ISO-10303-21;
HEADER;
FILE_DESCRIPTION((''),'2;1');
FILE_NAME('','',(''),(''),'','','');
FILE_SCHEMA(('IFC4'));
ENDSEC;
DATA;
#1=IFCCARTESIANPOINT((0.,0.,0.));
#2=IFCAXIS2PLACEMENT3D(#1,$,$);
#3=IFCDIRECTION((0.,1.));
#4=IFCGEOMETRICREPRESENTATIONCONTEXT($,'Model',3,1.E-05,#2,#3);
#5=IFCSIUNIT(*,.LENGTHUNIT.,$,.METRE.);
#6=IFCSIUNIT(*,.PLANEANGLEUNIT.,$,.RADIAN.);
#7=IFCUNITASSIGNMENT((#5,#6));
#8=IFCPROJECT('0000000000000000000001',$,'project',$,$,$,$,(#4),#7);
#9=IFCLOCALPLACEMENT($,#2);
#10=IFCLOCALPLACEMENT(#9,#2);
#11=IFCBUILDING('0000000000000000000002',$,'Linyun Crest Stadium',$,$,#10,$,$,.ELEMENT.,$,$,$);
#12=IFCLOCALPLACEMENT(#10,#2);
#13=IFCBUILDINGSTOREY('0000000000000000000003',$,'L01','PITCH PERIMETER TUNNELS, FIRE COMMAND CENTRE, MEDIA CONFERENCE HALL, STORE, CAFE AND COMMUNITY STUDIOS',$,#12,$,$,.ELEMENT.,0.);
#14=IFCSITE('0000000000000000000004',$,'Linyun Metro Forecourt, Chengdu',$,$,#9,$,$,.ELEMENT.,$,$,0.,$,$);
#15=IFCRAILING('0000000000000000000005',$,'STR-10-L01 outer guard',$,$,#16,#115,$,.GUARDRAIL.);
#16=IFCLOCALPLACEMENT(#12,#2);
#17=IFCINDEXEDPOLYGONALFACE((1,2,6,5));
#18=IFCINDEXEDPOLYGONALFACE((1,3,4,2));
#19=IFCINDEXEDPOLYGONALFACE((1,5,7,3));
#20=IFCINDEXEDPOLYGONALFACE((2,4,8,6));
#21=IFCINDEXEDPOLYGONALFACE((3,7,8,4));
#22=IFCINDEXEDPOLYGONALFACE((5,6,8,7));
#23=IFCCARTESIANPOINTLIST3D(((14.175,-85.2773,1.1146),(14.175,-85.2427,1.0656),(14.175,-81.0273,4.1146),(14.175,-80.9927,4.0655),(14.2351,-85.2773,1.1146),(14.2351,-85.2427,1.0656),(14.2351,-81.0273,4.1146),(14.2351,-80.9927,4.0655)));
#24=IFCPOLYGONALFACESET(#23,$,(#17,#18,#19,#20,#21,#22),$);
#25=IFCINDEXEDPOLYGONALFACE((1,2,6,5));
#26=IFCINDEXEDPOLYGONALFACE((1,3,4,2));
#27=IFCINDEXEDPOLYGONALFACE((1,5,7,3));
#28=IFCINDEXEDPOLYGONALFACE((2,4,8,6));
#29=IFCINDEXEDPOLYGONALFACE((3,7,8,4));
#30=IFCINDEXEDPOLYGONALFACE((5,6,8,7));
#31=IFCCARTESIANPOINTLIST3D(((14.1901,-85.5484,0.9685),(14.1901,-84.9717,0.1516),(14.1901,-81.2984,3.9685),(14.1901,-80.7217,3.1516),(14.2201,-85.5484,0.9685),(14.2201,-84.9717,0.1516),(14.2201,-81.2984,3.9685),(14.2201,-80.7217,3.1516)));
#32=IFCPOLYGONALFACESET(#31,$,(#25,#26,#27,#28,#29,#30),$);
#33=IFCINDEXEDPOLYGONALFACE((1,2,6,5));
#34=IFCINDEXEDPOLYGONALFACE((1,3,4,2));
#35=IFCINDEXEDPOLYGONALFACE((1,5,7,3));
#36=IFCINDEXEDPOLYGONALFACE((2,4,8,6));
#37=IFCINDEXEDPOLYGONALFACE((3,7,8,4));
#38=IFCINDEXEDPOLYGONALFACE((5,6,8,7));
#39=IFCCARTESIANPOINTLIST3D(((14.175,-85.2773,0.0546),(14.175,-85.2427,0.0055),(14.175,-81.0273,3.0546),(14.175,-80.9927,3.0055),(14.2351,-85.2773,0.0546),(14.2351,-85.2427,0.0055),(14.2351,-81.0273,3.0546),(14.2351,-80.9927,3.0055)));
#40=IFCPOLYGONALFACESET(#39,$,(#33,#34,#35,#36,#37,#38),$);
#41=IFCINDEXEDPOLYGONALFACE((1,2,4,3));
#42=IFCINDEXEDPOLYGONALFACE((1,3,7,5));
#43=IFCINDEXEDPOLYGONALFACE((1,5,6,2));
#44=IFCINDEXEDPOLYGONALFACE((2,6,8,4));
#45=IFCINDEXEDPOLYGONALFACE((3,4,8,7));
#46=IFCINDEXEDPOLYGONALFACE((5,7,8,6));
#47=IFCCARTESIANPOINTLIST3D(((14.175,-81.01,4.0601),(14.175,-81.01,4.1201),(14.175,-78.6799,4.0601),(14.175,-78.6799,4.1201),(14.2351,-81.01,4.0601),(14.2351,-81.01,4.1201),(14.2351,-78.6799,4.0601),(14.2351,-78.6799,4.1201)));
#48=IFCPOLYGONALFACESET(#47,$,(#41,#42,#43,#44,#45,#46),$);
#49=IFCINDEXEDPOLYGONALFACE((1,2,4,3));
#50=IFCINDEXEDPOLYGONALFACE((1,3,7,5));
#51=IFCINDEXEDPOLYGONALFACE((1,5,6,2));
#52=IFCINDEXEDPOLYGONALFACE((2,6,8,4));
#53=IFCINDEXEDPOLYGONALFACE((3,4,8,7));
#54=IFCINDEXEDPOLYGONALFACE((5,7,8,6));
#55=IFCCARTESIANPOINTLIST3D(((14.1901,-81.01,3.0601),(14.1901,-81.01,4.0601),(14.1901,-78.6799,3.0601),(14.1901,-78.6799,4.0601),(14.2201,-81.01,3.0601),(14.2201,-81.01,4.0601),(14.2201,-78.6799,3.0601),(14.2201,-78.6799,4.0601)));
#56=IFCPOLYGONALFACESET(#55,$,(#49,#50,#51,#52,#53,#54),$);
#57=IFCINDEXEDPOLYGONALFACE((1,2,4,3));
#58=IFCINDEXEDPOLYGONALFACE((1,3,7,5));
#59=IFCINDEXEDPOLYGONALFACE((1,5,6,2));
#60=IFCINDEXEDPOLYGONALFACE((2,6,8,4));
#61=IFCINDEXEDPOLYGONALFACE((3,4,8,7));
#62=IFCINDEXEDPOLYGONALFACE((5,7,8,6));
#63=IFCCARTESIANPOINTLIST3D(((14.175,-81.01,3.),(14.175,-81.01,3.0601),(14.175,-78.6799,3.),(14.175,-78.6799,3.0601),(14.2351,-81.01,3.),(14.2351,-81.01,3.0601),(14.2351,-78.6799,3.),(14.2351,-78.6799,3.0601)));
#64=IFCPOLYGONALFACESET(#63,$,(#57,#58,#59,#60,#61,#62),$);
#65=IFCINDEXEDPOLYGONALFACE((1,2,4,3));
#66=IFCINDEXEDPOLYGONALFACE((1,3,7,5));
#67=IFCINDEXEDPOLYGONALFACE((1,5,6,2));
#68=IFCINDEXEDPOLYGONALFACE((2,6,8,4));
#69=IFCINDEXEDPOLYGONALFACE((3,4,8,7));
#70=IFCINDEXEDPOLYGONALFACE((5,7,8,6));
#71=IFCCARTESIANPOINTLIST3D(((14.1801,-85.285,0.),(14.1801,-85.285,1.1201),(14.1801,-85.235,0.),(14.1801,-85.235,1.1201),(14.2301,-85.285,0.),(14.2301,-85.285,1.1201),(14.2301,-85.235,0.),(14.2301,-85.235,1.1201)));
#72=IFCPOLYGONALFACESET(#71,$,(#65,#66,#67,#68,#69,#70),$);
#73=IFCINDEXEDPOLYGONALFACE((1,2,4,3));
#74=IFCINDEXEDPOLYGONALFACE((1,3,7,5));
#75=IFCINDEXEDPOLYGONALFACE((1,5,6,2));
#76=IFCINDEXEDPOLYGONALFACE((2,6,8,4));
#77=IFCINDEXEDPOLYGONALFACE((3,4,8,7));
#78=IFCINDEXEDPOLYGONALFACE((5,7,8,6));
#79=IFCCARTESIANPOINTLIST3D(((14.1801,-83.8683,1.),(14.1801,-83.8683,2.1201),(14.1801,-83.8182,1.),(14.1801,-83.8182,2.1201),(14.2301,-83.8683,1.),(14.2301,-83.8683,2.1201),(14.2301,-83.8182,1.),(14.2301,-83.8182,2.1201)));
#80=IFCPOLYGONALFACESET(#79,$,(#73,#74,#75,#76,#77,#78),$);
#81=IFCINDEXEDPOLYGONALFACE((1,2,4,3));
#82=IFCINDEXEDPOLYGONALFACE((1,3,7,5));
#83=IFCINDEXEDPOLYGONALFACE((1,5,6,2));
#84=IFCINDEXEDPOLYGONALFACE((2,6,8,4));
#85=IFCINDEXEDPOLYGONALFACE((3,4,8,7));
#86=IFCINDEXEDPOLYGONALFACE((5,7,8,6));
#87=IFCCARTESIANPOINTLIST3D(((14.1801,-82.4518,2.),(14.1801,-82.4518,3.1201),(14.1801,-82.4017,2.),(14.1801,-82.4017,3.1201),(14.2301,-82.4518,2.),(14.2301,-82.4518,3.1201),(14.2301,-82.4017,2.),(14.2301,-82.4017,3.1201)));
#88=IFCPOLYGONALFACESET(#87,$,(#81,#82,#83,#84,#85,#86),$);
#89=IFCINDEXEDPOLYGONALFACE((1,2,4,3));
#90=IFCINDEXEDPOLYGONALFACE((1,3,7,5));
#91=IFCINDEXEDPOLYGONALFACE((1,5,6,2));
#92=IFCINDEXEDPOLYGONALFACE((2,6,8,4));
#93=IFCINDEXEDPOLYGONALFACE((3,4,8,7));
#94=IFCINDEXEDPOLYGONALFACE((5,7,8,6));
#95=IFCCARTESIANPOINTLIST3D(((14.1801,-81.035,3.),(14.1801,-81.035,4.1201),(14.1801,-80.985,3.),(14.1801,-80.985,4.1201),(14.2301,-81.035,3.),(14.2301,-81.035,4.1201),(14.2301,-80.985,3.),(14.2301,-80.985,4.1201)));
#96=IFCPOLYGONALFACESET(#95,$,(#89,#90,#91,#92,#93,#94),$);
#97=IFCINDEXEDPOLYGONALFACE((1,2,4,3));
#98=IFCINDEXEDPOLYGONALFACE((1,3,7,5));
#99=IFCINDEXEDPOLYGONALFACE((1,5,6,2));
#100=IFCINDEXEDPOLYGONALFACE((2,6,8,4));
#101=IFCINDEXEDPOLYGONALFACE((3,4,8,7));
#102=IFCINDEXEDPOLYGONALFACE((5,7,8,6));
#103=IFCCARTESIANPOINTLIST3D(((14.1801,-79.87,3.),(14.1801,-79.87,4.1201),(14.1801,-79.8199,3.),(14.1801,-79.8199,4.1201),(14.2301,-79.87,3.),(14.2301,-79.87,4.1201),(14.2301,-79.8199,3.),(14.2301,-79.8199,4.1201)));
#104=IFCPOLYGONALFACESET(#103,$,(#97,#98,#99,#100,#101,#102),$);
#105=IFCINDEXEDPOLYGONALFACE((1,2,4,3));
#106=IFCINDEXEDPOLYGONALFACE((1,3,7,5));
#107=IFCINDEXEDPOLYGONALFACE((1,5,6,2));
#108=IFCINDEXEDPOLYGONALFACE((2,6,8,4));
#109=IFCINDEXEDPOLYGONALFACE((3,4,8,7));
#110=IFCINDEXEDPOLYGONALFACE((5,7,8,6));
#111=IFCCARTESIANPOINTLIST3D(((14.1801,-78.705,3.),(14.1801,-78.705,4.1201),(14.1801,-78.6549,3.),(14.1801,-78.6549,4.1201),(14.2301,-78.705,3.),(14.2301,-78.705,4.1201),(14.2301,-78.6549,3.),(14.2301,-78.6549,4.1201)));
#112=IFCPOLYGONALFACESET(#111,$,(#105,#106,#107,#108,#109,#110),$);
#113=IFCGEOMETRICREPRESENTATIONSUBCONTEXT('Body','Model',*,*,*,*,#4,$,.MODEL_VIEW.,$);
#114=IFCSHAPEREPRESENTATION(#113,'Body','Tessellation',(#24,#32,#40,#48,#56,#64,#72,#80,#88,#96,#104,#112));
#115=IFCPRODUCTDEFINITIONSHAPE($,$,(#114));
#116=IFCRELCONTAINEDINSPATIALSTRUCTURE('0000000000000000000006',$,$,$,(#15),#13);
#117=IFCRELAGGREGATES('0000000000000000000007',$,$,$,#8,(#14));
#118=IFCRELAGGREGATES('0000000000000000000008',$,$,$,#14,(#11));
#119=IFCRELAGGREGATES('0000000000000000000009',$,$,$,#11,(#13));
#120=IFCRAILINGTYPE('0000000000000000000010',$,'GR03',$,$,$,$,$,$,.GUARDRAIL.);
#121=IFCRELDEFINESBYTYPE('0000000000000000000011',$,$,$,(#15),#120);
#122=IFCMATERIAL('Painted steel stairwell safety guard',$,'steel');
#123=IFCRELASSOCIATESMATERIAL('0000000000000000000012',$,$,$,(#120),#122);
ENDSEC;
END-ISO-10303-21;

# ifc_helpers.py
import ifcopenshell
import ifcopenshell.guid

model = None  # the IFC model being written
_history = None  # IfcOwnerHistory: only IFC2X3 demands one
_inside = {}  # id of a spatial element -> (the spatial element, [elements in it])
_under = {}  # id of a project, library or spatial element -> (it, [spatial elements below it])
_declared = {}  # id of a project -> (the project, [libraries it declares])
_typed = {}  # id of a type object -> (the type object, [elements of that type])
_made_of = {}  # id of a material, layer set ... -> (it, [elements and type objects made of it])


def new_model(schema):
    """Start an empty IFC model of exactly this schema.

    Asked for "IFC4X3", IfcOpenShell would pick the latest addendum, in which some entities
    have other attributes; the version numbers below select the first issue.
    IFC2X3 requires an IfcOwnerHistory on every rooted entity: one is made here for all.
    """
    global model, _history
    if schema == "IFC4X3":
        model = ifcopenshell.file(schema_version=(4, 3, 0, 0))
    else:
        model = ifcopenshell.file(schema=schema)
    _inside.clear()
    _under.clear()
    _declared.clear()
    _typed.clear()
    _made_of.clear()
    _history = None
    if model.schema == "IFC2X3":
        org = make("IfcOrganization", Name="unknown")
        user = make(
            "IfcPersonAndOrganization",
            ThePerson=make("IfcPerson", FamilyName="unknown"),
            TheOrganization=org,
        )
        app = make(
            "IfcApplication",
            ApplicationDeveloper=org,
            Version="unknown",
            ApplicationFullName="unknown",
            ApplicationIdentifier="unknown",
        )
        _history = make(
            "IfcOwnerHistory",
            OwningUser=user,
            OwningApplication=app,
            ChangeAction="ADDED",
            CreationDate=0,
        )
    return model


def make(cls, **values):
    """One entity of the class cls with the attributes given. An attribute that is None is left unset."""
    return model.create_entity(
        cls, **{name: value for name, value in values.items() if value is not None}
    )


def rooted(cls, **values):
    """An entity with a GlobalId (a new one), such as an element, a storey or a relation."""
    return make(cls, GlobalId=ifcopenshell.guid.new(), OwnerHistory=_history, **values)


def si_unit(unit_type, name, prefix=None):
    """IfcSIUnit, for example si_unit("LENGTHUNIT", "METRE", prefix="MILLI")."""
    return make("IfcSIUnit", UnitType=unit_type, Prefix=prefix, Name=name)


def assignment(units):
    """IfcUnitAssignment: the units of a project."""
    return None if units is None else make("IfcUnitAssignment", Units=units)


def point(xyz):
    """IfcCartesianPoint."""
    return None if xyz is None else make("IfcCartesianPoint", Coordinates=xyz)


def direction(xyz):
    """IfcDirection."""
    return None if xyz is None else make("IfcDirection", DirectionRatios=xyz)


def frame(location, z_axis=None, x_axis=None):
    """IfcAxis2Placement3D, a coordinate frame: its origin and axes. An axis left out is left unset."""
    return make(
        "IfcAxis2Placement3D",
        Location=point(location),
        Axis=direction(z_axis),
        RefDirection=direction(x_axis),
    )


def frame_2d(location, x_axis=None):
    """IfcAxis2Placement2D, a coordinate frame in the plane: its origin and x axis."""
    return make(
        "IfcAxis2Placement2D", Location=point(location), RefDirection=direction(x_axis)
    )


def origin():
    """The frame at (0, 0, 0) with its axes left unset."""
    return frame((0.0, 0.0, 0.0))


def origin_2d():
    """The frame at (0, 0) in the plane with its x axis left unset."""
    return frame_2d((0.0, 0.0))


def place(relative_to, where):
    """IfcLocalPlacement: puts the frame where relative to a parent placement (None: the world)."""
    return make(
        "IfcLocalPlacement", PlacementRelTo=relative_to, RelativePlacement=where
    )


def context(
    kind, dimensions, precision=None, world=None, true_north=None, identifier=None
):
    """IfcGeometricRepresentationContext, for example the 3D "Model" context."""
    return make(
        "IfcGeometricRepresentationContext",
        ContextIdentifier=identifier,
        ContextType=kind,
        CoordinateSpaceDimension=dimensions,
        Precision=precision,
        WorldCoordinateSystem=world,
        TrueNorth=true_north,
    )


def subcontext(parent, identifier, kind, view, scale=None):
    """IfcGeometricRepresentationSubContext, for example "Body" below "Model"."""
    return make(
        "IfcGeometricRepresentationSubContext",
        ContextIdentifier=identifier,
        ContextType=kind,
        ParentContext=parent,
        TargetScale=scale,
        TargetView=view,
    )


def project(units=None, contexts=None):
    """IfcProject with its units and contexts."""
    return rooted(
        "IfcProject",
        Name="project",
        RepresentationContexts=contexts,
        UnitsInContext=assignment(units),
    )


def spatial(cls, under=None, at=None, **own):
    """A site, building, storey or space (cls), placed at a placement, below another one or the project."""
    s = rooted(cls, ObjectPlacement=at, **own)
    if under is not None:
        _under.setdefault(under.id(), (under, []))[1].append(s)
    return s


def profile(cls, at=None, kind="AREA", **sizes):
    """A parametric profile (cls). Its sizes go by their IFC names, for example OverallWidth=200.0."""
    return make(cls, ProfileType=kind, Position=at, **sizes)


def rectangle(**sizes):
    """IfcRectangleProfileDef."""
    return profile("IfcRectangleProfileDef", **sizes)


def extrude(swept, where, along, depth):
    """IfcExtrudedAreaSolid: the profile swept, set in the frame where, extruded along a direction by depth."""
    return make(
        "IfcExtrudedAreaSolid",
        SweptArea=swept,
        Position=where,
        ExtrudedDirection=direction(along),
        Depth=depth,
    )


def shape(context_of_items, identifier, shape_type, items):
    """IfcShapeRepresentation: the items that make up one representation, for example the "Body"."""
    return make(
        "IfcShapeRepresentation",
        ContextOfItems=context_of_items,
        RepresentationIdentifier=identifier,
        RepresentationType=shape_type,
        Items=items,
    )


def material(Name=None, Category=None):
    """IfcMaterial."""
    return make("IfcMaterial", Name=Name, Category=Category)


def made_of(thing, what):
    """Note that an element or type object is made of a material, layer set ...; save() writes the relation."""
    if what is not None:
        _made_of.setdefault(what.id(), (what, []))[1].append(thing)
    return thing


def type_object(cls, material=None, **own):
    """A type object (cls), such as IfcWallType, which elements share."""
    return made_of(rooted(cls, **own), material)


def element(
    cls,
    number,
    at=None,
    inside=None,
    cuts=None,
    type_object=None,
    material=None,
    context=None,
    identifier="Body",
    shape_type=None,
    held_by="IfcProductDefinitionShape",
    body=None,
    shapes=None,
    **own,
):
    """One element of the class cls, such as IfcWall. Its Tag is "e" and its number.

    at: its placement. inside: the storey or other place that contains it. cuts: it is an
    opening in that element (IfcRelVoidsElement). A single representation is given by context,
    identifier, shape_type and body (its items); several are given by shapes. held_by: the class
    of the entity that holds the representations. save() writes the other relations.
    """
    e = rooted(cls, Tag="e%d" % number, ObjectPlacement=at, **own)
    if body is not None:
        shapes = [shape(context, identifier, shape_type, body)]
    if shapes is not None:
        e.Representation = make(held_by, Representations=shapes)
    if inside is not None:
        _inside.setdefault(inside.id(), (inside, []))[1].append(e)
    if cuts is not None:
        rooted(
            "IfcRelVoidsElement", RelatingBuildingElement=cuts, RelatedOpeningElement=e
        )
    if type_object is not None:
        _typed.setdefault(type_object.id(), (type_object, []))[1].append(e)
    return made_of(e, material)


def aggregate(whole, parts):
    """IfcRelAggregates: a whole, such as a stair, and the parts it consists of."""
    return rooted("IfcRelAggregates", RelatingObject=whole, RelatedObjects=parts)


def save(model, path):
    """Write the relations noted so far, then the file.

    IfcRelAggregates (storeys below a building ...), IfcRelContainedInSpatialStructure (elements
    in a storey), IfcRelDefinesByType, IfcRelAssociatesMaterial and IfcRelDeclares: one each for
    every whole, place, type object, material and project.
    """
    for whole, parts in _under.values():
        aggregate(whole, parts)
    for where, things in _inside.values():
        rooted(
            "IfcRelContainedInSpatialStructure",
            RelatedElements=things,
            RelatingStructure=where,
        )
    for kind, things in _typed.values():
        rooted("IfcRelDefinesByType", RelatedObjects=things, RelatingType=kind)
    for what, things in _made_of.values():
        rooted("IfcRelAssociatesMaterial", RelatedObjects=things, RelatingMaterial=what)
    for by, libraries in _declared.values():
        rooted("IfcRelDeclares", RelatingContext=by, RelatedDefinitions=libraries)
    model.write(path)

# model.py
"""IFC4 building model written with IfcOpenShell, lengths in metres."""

from ifc_helpers import new_model, si_unit, direction, frame, origin, origin_2d, place, context, subcontext, project, spatial, rectangle, extrude, material, type_object, element, save


model = new_model("IFC4")

# Units and contexts
model_context = context("Model", 3, precision=1e-05, world=origin(), true_north=direction((0.0, 1.0)))
body_context = subcontext(model_context, "Body", "Model", "MODEL_VIEW")
ifc_project = project(units=[si_unit("LENGTHUNIT", "METRE"), si_unit("PLANEANGLEUNIT", "RADIAN")], contexts=[model_context])

# Site, building, storey
site_placement = place(None, origin())
site = spatial("IfcSite", under=ifc_project, at=site_placement, Name="Linyun Metro Forecourt, Chengdu", CompositionType="ELEMENT", RefElevation=0.0)
building_placement = place(site_placement, origin())
building = spatial("IfcBuilding", under=site, at=building_placement, Name="Linyun Crest Stadium", CompositionType="ELEMENT")
storey_placement = place(building_placement, origin())
storey = spatial("IfcBuildingStorey", under=building, at=storey_placement, Name="L01", Description="PITCH PERIMETER TUNNELS, FIRE COMMAND CENTRE, MEDIA CONFERENCE HALL, STORE, CAFE AND COMMUNITY STUDIOS", CompositionType="ELEMENT", Elevation=0.0)

# Railing
ifc_material_1 = material(Name="Painted steel stairwell safety guard", Category="steel")
railing_type_1 = type_object("IfcRailingType", Name="GR03", PredefinedType="GUARDRAIL", material=ifc_material_1)
railing_1_placement = place(storey_placement, frame((14.2051, -85.26, 0.0)))
element("IfcRailing", 1, at=railing_1_placement, inside=storey, type_object=railing_type_1, Name="STR-10-L01 outer guard", PredefinedType="GUARDRAIL", context=body_context, shape_type="SweptSolid", body=[
    extrude(rectangle(XDim=0.0601, YDim=0.0601, at=origin_2d()), frame((0.0, 0.0, 1.0901), z_axis=(0.0, 0.816968, 0.576683), x_axis=(-1.0, 0.0, 0.0)), (0.0, 0.0, 1.0), 5.2021),
    extrude(rectangle(XDim=0.03, YDim=1.0, at=origin_2d()), frame((0.0, 0.0, 0.5601), z_axis=(0.0, 0.816968, 0.576683), x_axis=(-1.0, 0.0, 0.0)), (0.0, 0.0, 1.0), 5.2021),
    extrude(rectangle(XDim=0.0601, YDim=0.0601, at=origin_2d()), frame((0.0, 0.0, 0.03), z_axis=(0.0, 0.816968, 0.576683), x_axis=(-1.0, 0.0, 0.0)), (0.0, 0.0, 1.0), 5.2021),
    extrude(rectangle(XDim=0.0601, YDim=0.0601, at=origin_2d()), frame((0.0, 4.25, 4.0901), z_axis=(0.0, 1.0, 0.0), x_axis=(-1.0, 0.0, 0.0)), (0.0, 0.0, 1.0), 2.3301),
    extrude(rectangle(XDim=0.03, YDim=1.0, at=origin_2d()), frame((0.0, 4.25, 3.5601), z_axis=(0.0, 1.0, 0.0), x_axis=(-1.0, 0.0, 0.0)), (0.0, 0.0, 1.0), 2.3301),
    extrude(rectangle(XDim=0.0601, YDim=0.0601, at=origin_2d()), frame((0.0, 4.25, 3.03), z_axis=(0.0, 1.0, 0.0), x_axis=(-1.0, 0.0, 0.0)), (0.0, 0.0, 1.0), 2.3301),
    extrude(rectangle(XDim=0.05, YDim=0.05, at=origin_2d()), origin(), (0.0, 0.0, 1.0), 1.1201),
    extrude(rectangle(XDim=0.05, YDim=0.05, at=origin_2d()), frame((0.0, 1.4167, 1.0)), (0.0, 0.0, 1.0), 1.1201),
    extrude(rectangle(XDim=0.05, YDim=0.05, at=origin_2d()), frame((0.0, 2.8333, 2.0)), (0.0, 0.0, 1.0), 1.1201),
    extrude(rectangle(XDim=0.05, YDim=0.05, at=origin_2d()), frame((0.0, 4.25, 3.0)), (0.0, 0.0, 1.0), 1.1201),
    extrude(rectangle(XDim=0.05, YDim=0.05, at=origin_2d()), frame((0.0, 5.415, 3.0)), (0.0, 0.0, 1.0), 1.1201),
    extrude(rectangle(XDim=0.05, YDim=0.05, at=origin_2d()), frame((0.0, 6.5801, 3.0)), (0.0, 0.0, 1.0), 1.1201),
])

save(model, "model.ifc")
